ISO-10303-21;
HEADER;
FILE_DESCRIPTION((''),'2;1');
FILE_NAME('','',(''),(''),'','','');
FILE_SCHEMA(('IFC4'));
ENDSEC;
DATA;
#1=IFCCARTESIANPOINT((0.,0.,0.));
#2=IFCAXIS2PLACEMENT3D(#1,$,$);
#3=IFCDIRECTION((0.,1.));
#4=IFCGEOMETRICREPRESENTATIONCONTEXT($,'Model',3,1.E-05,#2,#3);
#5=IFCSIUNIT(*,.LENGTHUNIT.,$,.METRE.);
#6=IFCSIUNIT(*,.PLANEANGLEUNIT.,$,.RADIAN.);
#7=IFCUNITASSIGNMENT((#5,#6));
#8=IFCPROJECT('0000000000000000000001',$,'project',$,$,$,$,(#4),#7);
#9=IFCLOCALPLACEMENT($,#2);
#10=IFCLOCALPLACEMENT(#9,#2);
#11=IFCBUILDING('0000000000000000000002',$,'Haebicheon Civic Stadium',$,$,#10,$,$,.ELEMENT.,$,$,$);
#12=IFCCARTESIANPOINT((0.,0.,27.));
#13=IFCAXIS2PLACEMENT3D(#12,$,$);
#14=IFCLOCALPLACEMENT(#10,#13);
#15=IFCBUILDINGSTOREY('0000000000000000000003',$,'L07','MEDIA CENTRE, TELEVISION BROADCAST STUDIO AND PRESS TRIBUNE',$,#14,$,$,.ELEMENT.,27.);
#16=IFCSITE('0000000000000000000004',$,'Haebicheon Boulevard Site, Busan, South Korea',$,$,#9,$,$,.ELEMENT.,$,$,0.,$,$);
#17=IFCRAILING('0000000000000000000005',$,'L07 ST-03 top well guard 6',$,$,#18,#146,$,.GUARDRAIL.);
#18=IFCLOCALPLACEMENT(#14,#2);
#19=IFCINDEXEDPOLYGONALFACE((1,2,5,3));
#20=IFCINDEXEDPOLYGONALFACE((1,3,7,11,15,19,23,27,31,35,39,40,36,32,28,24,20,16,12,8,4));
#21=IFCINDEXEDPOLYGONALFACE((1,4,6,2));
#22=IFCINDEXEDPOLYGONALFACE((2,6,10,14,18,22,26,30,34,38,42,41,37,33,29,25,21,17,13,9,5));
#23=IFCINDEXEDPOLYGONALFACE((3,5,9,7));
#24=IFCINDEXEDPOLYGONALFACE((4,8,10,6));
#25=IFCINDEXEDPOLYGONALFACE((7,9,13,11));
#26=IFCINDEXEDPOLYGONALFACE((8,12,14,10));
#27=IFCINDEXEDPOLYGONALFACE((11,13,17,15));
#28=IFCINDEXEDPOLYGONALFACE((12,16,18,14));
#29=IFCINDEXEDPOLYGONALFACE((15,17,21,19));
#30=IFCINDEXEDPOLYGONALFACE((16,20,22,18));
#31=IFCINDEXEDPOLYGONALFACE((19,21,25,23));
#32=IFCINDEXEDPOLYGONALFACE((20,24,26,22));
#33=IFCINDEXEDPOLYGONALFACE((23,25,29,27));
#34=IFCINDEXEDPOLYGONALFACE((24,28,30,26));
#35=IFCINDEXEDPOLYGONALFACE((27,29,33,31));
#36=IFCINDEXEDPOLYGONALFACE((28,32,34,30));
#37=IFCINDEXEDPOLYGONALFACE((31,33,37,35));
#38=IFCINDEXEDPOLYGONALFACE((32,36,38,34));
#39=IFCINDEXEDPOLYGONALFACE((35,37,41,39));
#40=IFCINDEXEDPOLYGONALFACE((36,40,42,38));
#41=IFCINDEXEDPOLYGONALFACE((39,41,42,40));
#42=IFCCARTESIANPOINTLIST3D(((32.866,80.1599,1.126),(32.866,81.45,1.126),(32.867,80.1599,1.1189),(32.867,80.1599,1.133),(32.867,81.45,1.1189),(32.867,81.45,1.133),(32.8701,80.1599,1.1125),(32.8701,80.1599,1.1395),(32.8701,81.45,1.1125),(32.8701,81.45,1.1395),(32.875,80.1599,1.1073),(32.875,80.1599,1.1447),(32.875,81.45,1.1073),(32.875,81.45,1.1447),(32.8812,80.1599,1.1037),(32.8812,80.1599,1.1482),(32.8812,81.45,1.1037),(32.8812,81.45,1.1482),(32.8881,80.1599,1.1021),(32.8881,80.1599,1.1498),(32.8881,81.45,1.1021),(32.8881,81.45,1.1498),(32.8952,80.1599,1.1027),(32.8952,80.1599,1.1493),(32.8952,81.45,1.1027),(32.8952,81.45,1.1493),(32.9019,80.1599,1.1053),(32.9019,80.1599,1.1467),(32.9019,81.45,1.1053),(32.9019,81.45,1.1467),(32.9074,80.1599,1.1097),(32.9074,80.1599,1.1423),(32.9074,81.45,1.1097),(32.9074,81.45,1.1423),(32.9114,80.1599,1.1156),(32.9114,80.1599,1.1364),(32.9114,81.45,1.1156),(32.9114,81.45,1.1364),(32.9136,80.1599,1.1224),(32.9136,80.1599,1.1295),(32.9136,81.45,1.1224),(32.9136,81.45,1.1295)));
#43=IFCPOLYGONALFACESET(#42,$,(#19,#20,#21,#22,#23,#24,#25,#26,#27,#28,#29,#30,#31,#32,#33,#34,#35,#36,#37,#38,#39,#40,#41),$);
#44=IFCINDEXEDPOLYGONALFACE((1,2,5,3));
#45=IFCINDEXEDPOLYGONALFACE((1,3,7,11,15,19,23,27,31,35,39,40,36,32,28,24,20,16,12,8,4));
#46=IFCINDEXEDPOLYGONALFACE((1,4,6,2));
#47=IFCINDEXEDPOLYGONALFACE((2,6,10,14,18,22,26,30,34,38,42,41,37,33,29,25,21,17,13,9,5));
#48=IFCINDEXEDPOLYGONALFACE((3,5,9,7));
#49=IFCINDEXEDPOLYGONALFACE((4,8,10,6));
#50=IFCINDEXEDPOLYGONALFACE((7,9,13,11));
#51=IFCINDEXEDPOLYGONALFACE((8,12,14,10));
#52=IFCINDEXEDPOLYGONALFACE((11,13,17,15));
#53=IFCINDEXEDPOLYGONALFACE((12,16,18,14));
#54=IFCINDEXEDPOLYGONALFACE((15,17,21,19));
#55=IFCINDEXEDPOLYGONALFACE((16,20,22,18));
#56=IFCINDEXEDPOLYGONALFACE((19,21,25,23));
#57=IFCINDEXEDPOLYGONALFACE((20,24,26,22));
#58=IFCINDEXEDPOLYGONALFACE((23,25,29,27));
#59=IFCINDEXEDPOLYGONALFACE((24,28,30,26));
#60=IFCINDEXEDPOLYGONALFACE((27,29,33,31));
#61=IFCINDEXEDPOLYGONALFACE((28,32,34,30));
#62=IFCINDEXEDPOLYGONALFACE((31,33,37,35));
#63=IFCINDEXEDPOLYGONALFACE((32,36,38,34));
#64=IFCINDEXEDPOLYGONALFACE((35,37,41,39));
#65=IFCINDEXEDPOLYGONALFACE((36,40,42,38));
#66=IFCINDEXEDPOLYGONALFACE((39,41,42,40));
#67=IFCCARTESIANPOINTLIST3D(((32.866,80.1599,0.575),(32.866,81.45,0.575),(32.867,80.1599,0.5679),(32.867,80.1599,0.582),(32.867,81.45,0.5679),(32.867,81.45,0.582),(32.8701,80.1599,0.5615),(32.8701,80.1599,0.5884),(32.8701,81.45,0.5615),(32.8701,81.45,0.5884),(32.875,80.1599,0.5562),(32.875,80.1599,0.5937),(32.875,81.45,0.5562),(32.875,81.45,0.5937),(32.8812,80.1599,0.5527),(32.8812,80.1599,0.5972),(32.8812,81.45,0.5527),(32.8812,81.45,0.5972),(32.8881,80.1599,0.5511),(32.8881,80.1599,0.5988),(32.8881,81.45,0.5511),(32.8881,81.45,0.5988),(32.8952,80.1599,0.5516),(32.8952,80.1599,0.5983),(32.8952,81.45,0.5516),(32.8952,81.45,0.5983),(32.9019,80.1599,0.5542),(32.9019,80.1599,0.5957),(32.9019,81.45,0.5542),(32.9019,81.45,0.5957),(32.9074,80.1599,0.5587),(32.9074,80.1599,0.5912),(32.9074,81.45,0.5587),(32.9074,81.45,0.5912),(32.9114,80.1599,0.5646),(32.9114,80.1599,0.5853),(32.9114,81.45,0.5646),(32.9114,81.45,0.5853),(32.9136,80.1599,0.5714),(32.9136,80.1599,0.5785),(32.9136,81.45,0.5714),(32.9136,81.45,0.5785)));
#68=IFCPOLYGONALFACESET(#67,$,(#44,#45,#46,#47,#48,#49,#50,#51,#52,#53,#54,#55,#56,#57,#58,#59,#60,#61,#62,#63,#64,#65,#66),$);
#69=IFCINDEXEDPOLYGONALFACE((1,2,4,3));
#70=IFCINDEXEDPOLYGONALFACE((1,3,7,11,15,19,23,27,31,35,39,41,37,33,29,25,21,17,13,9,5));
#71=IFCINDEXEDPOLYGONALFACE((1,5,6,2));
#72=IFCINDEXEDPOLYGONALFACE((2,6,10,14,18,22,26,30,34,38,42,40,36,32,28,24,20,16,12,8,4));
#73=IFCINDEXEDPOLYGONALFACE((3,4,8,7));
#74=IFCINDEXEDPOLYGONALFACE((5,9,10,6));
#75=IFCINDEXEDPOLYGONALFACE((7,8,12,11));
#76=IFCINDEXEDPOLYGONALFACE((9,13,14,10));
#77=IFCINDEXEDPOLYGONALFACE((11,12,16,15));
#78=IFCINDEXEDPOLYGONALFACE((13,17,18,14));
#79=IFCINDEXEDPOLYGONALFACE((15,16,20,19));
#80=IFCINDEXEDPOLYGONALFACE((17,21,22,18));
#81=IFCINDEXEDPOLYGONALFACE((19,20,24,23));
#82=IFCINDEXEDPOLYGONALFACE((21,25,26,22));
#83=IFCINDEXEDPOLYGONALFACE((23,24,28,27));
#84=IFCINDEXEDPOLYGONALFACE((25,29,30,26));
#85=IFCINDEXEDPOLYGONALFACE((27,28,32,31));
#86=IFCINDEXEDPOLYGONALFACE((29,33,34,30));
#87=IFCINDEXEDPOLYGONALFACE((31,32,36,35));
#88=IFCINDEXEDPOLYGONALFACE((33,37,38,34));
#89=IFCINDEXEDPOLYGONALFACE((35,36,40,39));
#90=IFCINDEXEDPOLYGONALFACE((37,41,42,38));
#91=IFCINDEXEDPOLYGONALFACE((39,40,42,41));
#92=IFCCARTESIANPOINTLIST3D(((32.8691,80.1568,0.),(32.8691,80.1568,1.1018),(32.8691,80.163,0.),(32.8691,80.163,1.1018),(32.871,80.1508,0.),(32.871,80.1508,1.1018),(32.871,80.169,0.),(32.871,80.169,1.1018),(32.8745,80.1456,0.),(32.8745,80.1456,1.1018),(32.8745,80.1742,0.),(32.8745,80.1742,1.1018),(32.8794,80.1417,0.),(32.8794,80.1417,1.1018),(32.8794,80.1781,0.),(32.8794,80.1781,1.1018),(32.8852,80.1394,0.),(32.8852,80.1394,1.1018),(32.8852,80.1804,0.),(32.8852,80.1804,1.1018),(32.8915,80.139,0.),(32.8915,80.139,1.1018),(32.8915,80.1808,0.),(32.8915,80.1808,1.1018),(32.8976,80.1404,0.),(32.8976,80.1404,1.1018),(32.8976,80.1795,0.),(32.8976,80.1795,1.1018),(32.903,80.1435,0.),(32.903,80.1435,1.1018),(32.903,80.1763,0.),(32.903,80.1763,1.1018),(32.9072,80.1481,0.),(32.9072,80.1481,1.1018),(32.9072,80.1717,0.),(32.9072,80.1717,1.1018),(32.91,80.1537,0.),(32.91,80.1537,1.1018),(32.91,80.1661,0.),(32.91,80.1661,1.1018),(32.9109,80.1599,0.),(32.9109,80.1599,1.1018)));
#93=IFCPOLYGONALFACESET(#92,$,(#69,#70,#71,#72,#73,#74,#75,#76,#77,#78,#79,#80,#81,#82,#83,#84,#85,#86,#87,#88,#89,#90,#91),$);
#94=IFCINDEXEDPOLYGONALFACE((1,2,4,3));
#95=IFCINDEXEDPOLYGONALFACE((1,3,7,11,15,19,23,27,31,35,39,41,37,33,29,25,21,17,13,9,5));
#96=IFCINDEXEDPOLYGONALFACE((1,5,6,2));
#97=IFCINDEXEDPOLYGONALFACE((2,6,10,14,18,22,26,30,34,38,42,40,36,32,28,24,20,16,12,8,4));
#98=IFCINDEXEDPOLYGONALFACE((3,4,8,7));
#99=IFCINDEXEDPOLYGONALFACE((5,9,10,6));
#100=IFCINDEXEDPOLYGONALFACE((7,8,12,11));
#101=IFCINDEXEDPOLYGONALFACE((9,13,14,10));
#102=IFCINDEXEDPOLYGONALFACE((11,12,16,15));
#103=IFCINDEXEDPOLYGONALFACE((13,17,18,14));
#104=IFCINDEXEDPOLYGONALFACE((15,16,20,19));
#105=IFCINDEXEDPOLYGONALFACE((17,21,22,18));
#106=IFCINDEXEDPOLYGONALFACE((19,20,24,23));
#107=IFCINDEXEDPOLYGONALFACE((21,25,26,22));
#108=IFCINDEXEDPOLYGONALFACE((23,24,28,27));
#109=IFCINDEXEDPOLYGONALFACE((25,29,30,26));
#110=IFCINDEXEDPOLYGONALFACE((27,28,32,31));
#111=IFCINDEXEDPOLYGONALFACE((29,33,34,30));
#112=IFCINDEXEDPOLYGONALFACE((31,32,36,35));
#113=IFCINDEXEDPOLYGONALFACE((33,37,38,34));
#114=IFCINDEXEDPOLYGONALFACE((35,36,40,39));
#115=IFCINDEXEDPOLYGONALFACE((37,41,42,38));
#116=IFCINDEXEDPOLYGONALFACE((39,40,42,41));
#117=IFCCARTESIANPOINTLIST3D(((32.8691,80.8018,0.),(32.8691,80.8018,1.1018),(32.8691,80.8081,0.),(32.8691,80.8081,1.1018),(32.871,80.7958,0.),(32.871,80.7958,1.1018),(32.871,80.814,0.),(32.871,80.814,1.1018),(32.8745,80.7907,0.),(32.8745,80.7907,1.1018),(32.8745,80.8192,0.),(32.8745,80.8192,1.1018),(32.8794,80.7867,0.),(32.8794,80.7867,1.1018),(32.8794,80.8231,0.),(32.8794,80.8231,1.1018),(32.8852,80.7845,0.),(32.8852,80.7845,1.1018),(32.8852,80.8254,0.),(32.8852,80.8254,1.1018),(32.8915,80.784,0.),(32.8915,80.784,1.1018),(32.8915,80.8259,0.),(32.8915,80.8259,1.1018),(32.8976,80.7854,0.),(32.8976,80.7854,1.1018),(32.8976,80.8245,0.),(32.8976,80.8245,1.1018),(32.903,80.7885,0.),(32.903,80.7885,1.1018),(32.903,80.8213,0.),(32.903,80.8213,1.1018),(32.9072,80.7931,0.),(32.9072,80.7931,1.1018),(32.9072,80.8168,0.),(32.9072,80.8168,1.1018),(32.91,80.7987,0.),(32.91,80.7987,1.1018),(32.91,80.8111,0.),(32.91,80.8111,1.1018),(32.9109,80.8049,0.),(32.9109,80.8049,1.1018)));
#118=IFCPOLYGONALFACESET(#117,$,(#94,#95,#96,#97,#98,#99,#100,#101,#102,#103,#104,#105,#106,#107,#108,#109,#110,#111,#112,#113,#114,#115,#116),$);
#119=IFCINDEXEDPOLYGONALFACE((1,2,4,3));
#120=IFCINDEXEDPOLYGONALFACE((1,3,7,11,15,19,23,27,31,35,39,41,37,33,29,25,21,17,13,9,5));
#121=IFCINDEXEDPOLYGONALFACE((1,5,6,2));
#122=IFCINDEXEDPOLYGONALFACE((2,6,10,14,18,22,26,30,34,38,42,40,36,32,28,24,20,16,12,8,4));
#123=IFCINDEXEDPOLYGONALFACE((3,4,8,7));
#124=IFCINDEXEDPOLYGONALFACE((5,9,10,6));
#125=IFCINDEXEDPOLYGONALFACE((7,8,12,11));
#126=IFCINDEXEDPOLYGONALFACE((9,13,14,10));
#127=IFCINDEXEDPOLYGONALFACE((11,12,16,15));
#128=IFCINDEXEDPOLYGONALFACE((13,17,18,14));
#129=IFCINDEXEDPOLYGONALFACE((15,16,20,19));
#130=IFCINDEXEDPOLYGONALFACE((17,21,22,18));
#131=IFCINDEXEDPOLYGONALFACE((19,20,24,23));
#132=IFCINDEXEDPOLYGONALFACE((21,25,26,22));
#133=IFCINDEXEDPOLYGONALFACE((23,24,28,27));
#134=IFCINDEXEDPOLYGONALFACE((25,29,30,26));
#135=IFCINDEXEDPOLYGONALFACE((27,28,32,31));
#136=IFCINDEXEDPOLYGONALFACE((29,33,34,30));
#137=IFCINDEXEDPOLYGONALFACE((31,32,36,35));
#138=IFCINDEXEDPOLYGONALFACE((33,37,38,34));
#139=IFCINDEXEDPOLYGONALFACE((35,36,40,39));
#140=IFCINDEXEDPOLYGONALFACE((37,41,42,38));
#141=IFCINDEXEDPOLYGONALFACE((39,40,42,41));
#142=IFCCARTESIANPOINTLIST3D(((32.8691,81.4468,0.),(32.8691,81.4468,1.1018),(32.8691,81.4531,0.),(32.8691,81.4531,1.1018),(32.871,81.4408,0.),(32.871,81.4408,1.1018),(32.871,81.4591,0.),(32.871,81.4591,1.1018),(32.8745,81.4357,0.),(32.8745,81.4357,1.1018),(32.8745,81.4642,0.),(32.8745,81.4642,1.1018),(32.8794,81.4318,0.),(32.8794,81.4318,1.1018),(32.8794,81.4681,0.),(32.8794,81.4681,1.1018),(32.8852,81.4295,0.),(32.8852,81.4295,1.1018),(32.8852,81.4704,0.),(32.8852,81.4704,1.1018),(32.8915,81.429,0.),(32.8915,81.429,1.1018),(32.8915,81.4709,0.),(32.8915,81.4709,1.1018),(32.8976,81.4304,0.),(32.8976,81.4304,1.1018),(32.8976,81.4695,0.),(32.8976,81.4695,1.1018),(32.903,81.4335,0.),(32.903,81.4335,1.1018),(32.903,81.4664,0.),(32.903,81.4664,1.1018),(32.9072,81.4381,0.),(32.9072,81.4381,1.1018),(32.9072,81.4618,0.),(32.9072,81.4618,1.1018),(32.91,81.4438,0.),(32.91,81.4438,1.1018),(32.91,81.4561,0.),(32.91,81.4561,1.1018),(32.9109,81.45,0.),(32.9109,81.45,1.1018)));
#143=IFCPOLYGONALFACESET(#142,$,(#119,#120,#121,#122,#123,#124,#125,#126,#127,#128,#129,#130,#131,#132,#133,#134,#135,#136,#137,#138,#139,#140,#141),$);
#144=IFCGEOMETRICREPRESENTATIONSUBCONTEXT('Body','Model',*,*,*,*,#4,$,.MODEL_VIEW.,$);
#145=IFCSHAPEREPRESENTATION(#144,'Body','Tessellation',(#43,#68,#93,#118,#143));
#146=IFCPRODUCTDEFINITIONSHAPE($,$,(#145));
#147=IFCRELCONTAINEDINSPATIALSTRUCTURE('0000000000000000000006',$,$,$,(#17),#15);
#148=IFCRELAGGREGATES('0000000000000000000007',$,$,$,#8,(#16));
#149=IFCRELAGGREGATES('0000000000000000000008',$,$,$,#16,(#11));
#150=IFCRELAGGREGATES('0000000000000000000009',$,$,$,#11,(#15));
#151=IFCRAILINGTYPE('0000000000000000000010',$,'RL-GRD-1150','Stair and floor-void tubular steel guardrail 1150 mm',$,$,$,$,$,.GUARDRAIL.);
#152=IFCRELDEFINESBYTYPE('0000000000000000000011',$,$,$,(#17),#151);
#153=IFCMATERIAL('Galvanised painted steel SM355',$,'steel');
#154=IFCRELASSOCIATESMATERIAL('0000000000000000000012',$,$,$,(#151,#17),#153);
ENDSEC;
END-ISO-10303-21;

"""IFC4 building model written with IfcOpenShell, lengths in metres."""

from ifc_helpers import new_model, si_unit, direction, frame, origin, origin_2d, place, context, subcontext, project, spatial, circle, extrude, material, type_object, element, save


model = new_model("IFC4")

# Units and contexts
model_context = context("Model", 3, precision=1e-05, world=origin(), true_north=direction((0.0, 1.0)))
body_context = subcontext(model_context, "Body", "Model", "MODEL_VIEW")
ifc_project = project(units=[si_unit("LENGTHUNIT", "METRE"), si_unit("PLANEANGLEUNIT", "RADIAN")], contexts=[model_context])

# Site, building, storey
site_placement = place(None, origin())
site = spatial("IfcSite", under=ifc_project, at=site_placement, Name="Haebicheon Boulevard Site, Busan, South Korea", CompositionType="ELEMENT", RefElevation=0.0)
building_placement = place(site_placement, origin())
building = spatial("IfcBuilding", under=site, at=building_placement, Name="Haebicheon Civic Stadium", CompositionType="ELEMENT")
storey_placement = place(building_placement, frame((0.0, 0.0, 27.0)))
storey = spatial("IfcBuildingStorey", under=building, at=storey_placement, Name="L07", Description="MEDIA CENTRE, TELEVISION BROADCAST STUDIO AND PRESS TRIBUNE", CompositionType="ELEMENT", Elevation=27.0)

# Railing
ifc_material_1 = material(Name="Galvanised painted steel SM355", Category="steel")
railing_type = type_object("IfcRailingType", Name="RL-GRD-1150", Description="Stair and floor-void tubular steel guardrail 1150 mm", PredefinedType="GUARDRAIL", material=ifc_material_1)
for number, where, name in (
    (1, (32.8899, 80.1599, 0.0), "L07 ST-03 top well guard 6"),
):
    element("IfcRailing", number, at=place(storey_placement, frame(where)), inside=storey, type_object=railing_type, material=ifc_material_1, Name=name, PredefinedType="GUARDRAIL", context=body_context, shape_type="SweptSolid", body=[
        extrude(circle(Radius=0.0239, at=origin_2d()), frame((0.0, 0.0, 1.126), z_axis=(0.0, 1.0, 0.0), x_axis=(-1.0, 0.0, 0.0)), (0.0, 0.0, 1.0), 1.29),
        extrude(circle(Radius=0.0239, at=origin_2d()), frame((0.0, 0.0, 0.575), z_axis=(0.0, 1.0, 0.0), x_axis=(-1.0, 0.0, 0.0)), (0.0, 0.0, 1.0), 1.29),
        extrude(circle(Radius=0.021, at=origin_2d()), origin(), (0.0, 0.0, 1.0), 1.1018),
        extrude(circle(Radius=0.021, at=origin_2d()), frame((0.0, 0.645, 0.0)), (0.0, 0.0, 1.0), 1.1018),
        extrude(circle(Radius=0.021, at=origin_2d()), frame((0.0, 1.29, 0.0)), (0.0, 0.0, 1.0), 1.1018),
    ])

save(model, "model.ifc")
